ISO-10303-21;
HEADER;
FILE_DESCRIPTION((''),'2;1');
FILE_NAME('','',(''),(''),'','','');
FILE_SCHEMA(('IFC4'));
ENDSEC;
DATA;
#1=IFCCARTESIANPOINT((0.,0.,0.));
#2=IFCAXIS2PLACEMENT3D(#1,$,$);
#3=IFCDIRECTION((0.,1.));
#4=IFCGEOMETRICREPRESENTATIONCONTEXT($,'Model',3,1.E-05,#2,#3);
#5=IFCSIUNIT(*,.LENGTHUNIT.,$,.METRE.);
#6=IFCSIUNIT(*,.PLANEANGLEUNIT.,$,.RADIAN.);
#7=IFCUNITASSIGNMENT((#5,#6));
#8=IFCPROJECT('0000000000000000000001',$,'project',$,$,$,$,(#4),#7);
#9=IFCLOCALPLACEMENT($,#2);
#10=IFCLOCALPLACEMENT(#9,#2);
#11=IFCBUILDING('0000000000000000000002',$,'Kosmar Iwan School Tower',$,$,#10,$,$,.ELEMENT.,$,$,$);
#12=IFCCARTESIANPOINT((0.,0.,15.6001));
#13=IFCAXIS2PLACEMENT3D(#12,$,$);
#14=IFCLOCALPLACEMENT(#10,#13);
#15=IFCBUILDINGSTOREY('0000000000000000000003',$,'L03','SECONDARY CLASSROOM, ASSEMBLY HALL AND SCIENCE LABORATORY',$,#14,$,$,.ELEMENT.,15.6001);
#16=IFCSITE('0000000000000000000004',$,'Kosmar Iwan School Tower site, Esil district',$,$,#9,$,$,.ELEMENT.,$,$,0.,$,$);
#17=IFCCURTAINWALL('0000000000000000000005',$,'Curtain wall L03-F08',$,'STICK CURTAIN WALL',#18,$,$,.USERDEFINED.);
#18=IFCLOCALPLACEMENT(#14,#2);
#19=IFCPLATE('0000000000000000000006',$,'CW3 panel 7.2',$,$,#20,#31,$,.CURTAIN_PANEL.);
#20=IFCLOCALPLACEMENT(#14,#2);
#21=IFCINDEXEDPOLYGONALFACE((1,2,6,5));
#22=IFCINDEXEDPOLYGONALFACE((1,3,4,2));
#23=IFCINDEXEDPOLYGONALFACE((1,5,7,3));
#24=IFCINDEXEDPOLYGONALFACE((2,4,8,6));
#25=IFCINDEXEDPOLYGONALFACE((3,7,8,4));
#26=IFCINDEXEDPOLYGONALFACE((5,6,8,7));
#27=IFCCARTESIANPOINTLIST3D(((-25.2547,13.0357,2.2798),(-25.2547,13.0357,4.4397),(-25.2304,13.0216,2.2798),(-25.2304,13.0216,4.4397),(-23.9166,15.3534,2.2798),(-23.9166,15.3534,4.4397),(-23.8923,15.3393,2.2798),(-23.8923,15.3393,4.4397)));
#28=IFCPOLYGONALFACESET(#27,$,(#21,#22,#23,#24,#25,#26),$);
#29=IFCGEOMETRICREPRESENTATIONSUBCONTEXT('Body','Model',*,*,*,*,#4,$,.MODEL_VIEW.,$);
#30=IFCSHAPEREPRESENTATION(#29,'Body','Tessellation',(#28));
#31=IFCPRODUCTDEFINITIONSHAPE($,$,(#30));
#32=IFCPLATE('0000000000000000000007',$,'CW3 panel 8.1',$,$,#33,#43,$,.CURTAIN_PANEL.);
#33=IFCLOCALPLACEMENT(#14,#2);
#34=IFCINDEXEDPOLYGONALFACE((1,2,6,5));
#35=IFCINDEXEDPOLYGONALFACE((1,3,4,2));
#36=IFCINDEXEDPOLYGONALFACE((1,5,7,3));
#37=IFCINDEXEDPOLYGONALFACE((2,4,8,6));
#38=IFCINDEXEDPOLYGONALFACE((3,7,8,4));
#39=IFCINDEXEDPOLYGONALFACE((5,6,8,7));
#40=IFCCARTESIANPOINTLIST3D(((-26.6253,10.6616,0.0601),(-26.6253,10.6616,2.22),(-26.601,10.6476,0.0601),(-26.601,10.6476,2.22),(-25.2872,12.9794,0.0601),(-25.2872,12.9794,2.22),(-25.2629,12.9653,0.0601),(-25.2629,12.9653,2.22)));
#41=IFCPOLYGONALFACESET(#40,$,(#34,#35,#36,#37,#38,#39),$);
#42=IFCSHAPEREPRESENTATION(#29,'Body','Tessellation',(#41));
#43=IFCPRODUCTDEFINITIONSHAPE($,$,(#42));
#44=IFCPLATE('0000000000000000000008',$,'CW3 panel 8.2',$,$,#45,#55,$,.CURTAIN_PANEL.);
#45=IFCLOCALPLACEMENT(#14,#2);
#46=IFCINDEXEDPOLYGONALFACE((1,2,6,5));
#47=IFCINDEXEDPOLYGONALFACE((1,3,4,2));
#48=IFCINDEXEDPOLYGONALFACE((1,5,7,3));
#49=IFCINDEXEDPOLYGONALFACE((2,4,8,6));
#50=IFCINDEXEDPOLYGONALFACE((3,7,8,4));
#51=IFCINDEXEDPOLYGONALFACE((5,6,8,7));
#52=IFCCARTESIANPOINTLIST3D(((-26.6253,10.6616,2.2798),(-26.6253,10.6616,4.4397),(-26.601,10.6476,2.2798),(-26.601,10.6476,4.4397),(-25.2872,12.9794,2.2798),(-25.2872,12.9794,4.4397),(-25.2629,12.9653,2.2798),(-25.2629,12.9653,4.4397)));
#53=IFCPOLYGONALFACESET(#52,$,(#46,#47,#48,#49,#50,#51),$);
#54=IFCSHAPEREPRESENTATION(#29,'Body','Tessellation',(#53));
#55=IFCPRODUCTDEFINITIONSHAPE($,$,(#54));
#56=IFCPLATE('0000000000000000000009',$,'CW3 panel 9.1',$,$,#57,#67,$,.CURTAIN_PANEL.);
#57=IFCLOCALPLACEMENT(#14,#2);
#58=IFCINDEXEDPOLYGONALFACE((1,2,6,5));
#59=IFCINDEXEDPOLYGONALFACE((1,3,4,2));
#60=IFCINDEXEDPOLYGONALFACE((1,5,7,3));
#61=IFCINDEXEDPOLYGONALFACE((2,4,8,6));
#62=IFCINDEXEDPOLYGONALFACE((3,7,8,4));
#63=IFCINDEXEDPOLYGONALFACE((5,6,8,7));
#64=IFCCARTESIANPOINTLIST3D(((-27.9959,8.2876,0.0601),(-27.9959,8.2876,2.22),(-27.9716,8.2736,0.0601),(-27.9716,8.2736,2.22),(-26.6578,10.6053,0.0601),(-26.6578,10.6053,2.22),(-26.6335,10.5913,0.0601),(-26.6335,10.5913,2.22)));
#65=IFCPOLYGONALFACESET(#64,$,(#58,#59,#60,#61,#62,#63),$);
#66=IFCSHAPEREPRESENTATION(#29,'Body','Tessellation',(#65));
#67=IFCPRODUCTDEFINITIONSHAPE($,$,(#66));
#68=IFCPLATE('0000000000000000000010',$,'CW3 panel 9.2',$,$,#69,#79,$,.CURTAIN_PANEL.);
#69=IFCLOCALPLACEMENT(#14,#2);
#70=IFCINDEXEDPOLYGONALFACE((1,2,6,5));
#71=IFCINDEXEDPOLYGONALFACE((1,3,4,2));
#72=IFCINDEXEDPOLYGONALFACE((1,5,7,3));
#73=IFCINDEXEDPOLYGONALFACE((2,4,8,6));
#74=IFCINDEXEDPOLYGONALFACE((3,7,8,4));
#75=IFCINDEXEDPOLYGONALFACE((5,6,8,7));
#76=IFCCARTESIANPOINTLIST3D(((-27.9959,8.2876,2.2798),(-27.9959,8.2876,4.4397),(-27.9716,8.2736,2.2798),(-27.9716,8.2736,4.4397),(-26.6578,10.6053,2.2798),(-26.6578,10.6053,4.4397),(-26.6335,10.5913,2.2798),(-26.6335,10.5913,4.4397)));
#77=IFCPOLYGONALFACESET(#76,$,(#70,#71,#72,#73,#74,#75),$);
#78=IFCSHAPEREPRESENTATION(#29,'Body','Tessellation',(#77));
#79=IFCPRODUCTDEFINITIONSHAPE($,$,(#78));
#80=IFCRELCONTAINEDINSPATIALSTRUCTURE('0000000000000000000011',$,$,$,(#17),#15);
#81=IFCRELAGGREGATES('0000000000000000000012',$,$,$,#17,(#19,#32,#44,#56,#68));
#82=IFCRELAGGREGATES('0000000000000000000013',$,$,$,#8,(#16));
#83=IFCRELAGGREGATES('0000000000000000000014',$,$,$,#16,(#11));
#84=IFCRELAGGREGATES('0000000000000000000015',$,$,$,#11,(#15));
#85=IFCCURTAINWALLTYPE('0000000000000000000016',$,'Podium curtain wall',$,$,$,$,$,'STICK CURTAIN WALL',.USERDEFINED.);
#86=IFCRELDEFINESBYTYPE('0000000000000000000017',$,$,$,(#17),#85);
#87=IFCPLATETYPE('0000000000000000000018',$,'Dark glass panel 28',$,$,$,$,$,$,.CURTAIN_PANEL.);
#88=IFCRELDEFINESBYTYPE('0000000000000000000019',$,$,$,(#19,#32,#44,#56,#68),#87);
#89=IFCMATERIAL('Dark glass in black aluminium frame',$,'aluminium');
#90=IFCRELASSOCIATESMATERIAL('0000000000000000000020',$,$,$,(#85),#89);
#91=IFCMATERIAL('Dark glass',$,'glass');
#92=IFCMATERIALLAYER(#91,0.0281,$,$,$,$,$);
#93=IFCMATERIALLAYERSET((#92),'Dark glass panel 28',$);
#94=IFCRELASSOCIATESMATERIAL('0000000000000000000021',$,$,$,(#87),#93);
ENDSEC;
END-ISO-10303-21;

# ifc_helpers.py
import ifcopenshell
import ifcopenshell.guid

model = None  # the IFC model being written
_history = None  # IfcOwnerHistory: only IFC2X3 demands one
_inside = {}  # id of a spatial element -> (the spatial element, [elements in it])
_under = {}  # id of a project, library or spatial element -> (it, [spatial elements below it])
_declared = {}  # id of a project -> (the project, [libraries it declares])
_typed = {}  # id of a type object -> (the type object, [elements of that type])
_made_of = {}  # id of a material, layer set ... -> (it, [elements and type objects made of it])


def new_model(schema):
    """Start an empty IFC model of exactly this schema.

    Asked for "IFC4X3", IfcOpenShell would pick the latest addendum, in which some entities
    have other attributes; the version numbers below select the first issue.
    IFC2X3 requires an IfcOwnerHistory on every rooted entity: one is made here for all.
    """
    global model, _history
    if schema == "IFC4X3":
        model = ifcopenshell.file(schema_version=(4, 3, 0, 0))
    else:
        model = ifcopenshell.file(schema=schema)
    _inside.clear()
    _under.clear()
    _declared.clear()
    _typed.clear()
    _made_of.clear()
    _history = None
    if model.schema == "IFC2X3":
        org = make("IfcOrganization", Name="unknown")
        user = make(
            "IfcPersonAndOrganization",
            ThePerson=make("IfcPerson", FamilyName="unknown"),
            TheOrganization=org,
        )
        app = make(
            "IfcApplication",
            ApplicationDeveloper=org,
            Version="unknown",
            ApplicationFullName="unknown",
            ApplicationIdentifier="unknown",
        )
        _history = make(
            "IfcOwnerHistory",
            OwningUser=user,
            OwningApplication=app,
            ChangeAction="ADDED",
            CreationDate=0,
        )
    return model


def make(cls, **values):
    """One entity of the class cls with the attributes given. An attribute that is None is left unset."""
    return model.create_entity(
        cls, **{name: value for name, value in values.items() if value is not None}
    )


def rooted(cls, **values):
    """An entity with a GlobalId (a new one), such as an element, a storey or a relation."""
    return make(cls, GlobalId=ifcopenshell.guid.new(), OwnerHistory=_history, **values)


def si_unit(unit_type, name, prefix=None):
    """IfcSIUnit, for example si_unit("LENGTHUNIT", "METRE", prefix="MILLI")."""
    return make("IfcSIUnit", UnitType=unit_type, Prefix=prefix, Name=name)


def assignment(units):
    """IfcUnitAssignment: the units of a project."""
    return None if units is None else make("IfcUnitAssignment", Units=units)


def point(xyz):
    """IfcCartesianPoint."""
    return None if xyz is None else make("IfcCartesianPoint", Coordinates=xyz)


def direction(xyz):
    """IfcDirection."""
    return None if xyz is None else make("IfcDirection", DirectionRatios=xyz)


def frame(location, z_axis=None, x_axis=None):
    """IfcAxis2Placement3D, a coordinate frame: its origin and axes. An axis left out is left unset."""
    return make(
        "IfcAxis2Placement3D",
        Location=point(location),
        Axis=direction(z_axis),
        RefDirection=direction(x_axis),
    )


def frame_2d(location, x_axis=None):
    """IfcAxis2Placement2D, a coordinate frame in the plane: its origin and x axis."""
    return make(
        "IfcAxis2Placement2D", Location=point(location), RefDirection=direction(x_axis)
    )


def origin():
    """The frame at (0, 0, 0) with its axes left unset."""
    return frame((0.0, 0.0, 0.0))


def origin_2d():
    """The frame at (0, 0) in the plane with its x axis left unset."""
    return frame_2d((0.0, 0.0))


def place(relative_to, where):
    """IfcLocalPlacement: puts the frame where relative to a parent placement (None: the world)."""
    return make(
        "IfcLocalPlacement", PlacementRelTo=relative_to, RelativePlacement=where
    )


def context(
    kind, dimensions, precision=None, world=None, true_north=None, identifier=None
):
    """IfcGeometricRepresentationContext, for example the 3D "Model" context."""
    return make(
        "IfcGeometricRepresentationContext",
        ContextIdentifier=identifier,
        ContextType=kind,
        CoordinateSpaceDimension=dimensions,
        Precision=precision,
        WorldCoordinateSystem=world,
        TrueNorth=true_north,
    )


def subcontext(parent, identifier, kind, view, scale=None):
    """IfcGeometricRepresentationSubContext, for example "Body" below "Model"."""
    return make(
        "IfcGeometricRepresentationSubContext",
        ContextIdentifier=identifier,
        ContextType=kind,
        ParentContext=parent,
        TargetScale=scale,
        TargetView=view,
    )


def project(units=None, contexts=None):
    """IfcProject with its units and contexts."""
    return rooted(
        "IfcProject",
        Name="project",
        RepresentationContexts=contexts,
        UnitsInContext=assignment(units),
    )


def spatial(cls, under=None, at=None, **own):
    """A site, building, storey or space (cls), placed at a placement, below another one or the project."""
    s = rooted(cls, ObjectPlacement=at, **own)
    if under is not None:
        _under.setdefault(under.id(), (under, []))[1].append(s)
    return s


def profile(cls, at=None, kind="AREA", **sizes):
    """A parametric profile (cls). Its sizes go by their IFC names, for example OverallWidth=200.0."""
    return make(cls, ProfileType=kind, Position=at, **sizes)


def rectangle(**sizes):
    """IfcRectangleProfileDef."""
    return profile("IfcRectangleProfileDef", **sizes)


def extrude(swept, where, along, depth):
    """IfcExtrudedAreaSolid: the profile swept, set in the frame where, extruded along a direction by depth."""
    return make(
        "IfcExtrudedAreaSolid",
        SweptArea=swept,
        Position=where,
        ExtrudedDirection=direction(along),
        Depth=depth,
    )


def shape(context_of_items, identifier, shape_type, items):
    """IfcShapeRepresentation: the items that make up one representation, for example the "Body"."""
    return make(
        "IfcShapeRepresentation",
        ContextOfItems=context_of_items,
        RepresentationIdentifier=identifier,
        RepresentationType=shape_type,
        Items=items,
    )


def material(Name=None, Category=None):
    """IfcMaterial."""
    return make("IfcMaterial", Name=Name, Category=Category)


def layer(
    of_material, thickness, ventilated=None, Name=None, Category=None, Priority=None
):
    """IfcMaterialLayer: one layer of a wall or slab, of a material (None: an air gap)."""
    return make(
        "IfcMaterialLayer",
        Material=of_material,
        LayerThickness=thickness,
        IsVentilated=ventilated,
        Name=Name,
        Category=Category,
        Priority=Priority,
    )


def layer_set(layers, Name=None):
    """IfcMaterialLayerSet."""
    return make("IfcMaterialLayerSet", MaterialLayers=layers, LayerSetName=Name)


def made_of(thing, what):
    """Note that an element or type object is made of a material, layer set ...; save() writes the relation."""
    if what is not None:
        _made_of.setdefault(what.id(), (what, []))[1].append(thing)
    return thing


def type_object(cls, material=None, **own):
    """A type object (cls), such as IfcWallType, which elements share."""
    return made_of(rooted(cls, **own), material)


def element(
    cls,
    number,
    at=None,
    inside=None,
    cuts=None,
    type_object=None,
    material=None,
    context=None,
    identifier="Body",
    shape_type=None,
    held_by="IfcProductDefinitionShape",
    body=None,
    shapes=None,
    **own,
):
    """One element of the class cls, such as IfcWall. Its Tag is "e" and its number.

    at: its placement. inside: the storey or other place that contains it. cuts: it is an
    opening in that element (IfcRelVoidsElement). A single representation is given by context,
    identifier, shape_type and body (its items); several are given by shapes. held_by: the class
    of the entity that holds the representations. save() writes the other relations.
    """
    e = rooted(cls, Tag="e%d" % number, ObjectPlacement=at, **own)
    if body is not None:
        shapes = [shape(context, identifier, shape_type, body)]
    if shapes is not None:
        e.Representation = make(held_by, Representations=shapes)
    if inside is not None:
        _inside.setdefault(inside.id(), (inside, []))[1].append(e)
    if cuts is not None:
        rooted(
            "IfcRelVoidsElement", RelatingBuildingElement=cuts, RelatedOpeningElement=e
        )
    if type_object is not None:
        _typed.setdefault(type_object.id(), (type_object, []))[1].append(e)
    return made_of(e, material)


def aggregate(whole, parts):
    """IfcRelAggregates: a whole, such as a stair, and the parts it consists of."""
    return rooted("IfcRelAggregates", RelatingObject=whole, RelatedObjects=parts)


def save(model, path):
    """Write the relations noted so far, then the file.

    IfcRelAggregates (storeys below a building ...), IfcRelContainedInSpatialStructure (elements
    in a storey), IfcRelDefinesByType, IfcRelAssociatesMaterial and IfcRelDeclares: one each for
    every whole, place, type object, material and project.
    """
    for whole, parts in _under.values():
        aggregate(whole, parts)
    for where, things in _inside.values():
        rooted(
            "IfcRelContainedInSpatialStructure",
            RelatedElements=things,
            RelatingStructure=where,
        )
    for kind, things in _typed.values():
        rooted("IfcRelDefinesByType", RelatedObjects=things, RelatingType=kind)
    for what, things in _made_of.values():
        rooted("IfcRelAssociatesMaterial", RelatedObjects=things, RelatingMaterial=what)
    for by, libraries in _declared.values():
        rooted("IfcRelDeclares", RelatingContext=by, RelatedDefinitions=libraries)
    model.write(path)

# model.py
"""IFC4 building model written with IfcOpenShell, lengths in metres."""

from ifc_helpers import new_model, si_unit, direction, frame, origin, origin_2d, place, context, subcontext, project, spatial, rectangle, extrude, material, layer, layer_set, type_object, element, aggregate, save


model = new_model("IFC4")

# Units and contexts
model_context = context("Model", 3, precision=1e-05, world=origin(), true_north=direction((0.0, 1.0)))
body_context = subcontext(model_context, "Body", "Model", "MODEL_VIEW")
ifc_project = project(units=[si_unit("LENGTHUNIT", "METRE"), si_unit("PLANEANGLEUNIT", "RADIAN")], contexts=[model_context])

# Site, building, storey
site_placement = place(None, origin())
site = spatial("IfcSite", under=ifc_project, at=site_placement, Name="Kosmar Iwan School Tower site, Esil district", CompositionType="ELEMENT", RefElevation=0.0)
building_placement = place(site_placement, origin())
building = spatial("IfcBuilding", under=site, at=building_placement, Name="Kosmar Iwan School Tower", CompositionType="ELEMENT")
storey_placement = place(building_placement, frame((0.0, 0.0, 15.6001)))
storey = spatial("IfcBuildingStorey", under=building, at=storey_placement, Name="L03", Description="SECONDARY CLASSROOM, ASSEMBLY HALL AND SCIENCE LABORATORY", CompositionType="ELEMENT", Elevation=15.6001)

# Curtain wall, plates
ifc_material_1 = material(Name="Dark glass in black aluminium frame", Category="aluminium")
curtain_wall_type = type_object("IfcCurtainWallType", Name="Podium curtain wall", ElementType="STICK CURTAIN WALL", PredefinedType="USERDEFINED", material=ifc_material_1)
curtain_wall_placement = place(storey_placement, origin())
curtain_wall = element("IfcCurtainWall", 1, at=curtain_wall_placement, inside=storey, type_object=curtain_wall_type, Name="Curtain wall L03-F08", ObjectType="STICK CURTAIN WALL", PredefinedType="USERDEFINED")
ifc_material_2 = material(Name="Dark glass", Category="glass")
ifc_layer = layer(ifc_material_2, 0.0281)
ifc_layer_set = layer_set([ifc_layer], Name="Dark glass panel 28")
plate_type = type_object("IfcPlateType", Name="Dark glass panel 28", PredefinedType="CURTAIN_PANEL", material=ifc_layer_set)
plate_1_placement = place(storey_placement, frame((-24.5735, 14.1875, 2.2798), z_axis=(0.0, 0.0, 1.0), x_axis=(-0.5, -0.866025, 0.0)))
plate_1 = element("IfcPlate", 2, at=plate_1_placement, type_object=plate_type, Name="CW3 panel 7.2", PredefinedType="CURTAIN_PANEL", context=body_context, shape_type="SweptSolid", body=[
    extrude(rectangle(XDim=2.6763, YDim=0.0281, at=origin_2d()), origin(), (0.0, 0.0, 1.0), 2.1599),
])
plate_2_placement = place(storey_placement, frame((-25.9441, 11.8135, 0.0601), z_axis=(0.0, 0.0, 1.0), x_axis=(-0.5, -0.866025, 0.0)))
plate_2 = element("IfcPlate", 3, at=plate_2_placement, type_object=plate_type, Name="CW3 panel 8.1", PredefinedType="CURTAIN_PANEL", context=body_context, shape_type="SweptSolid", body=[
    extrude(rectangle(XDim=2.6763, YDim=0.0281, at=origin_2d()), origin(), (0.0, 0.0, 1.0), 2.1599),
])
plate_3_placement = place(storey_placement, frame((-25.9441, 11.8135, 2.2798), z_axis=(0.0, 0.0, 1.0), x_axis=(-0.5, -0.866025, 0.0)))
plate_3 = element("IfcPlate", 4, at=plate_3_placement, type_object=plate_type, Name="CW3 panel 8.2", PredefinedType="CURTAIN_PANEL", context=body_context, shape_type="SweptSolid", body=[
    extrude(rectangle(XDim=2.6763, YDim=0.0281, at=origin_2d()), origin(), (0.0, 0.0, 1.0), 2.1599),
])
plate_4_placement = place(storey_placement, frame((-27.3147, 9.4395, 0.0601), z_axis=(0.0, 0.0, 1.0), x_axis=(-0.5, -0.866025, 0.0)))
plate_4 = element("IfcPlate", 5, at=plate_4_placement, type_object=plate_type, Name="CW3 panel 9.1", PredefinedType="CURTAIN_PANEL", context=body_context, shape_type="SweptSolid", body=[
    extrude(rectangle(XDim=2.6763, YDim=0.0281, at=origin_2d()), origin(), (0.0, 0.0, 1.0), 2.1599),
])
plate_5_placement = place(storey_placement, frame((-27.3147, 9.4395, 2.2798), z_axis=(0.0, 0.0, 1.0), x_axis=(-0.5, -0.866025, 0.0)))
plate_5 = element("IfcPlate", 6, at=plate_5_placement, type_object=plate_type, Name="CW3 panel 9.2", PredefinedType="CURTAIN_PANEL", context=body_context, shape_type="SweptSolid", body=[
    extrude(rectangle(XDim=2.6763, YDim=0.0281, at=origin_2d()), origin(), (0.0, 0.0, 1.0), 2.1599),
])
aggregate(curtain_wall, [plate_1, plate_2, plate_3, plate_4, plate_5])

save(model, "model.ifc")
